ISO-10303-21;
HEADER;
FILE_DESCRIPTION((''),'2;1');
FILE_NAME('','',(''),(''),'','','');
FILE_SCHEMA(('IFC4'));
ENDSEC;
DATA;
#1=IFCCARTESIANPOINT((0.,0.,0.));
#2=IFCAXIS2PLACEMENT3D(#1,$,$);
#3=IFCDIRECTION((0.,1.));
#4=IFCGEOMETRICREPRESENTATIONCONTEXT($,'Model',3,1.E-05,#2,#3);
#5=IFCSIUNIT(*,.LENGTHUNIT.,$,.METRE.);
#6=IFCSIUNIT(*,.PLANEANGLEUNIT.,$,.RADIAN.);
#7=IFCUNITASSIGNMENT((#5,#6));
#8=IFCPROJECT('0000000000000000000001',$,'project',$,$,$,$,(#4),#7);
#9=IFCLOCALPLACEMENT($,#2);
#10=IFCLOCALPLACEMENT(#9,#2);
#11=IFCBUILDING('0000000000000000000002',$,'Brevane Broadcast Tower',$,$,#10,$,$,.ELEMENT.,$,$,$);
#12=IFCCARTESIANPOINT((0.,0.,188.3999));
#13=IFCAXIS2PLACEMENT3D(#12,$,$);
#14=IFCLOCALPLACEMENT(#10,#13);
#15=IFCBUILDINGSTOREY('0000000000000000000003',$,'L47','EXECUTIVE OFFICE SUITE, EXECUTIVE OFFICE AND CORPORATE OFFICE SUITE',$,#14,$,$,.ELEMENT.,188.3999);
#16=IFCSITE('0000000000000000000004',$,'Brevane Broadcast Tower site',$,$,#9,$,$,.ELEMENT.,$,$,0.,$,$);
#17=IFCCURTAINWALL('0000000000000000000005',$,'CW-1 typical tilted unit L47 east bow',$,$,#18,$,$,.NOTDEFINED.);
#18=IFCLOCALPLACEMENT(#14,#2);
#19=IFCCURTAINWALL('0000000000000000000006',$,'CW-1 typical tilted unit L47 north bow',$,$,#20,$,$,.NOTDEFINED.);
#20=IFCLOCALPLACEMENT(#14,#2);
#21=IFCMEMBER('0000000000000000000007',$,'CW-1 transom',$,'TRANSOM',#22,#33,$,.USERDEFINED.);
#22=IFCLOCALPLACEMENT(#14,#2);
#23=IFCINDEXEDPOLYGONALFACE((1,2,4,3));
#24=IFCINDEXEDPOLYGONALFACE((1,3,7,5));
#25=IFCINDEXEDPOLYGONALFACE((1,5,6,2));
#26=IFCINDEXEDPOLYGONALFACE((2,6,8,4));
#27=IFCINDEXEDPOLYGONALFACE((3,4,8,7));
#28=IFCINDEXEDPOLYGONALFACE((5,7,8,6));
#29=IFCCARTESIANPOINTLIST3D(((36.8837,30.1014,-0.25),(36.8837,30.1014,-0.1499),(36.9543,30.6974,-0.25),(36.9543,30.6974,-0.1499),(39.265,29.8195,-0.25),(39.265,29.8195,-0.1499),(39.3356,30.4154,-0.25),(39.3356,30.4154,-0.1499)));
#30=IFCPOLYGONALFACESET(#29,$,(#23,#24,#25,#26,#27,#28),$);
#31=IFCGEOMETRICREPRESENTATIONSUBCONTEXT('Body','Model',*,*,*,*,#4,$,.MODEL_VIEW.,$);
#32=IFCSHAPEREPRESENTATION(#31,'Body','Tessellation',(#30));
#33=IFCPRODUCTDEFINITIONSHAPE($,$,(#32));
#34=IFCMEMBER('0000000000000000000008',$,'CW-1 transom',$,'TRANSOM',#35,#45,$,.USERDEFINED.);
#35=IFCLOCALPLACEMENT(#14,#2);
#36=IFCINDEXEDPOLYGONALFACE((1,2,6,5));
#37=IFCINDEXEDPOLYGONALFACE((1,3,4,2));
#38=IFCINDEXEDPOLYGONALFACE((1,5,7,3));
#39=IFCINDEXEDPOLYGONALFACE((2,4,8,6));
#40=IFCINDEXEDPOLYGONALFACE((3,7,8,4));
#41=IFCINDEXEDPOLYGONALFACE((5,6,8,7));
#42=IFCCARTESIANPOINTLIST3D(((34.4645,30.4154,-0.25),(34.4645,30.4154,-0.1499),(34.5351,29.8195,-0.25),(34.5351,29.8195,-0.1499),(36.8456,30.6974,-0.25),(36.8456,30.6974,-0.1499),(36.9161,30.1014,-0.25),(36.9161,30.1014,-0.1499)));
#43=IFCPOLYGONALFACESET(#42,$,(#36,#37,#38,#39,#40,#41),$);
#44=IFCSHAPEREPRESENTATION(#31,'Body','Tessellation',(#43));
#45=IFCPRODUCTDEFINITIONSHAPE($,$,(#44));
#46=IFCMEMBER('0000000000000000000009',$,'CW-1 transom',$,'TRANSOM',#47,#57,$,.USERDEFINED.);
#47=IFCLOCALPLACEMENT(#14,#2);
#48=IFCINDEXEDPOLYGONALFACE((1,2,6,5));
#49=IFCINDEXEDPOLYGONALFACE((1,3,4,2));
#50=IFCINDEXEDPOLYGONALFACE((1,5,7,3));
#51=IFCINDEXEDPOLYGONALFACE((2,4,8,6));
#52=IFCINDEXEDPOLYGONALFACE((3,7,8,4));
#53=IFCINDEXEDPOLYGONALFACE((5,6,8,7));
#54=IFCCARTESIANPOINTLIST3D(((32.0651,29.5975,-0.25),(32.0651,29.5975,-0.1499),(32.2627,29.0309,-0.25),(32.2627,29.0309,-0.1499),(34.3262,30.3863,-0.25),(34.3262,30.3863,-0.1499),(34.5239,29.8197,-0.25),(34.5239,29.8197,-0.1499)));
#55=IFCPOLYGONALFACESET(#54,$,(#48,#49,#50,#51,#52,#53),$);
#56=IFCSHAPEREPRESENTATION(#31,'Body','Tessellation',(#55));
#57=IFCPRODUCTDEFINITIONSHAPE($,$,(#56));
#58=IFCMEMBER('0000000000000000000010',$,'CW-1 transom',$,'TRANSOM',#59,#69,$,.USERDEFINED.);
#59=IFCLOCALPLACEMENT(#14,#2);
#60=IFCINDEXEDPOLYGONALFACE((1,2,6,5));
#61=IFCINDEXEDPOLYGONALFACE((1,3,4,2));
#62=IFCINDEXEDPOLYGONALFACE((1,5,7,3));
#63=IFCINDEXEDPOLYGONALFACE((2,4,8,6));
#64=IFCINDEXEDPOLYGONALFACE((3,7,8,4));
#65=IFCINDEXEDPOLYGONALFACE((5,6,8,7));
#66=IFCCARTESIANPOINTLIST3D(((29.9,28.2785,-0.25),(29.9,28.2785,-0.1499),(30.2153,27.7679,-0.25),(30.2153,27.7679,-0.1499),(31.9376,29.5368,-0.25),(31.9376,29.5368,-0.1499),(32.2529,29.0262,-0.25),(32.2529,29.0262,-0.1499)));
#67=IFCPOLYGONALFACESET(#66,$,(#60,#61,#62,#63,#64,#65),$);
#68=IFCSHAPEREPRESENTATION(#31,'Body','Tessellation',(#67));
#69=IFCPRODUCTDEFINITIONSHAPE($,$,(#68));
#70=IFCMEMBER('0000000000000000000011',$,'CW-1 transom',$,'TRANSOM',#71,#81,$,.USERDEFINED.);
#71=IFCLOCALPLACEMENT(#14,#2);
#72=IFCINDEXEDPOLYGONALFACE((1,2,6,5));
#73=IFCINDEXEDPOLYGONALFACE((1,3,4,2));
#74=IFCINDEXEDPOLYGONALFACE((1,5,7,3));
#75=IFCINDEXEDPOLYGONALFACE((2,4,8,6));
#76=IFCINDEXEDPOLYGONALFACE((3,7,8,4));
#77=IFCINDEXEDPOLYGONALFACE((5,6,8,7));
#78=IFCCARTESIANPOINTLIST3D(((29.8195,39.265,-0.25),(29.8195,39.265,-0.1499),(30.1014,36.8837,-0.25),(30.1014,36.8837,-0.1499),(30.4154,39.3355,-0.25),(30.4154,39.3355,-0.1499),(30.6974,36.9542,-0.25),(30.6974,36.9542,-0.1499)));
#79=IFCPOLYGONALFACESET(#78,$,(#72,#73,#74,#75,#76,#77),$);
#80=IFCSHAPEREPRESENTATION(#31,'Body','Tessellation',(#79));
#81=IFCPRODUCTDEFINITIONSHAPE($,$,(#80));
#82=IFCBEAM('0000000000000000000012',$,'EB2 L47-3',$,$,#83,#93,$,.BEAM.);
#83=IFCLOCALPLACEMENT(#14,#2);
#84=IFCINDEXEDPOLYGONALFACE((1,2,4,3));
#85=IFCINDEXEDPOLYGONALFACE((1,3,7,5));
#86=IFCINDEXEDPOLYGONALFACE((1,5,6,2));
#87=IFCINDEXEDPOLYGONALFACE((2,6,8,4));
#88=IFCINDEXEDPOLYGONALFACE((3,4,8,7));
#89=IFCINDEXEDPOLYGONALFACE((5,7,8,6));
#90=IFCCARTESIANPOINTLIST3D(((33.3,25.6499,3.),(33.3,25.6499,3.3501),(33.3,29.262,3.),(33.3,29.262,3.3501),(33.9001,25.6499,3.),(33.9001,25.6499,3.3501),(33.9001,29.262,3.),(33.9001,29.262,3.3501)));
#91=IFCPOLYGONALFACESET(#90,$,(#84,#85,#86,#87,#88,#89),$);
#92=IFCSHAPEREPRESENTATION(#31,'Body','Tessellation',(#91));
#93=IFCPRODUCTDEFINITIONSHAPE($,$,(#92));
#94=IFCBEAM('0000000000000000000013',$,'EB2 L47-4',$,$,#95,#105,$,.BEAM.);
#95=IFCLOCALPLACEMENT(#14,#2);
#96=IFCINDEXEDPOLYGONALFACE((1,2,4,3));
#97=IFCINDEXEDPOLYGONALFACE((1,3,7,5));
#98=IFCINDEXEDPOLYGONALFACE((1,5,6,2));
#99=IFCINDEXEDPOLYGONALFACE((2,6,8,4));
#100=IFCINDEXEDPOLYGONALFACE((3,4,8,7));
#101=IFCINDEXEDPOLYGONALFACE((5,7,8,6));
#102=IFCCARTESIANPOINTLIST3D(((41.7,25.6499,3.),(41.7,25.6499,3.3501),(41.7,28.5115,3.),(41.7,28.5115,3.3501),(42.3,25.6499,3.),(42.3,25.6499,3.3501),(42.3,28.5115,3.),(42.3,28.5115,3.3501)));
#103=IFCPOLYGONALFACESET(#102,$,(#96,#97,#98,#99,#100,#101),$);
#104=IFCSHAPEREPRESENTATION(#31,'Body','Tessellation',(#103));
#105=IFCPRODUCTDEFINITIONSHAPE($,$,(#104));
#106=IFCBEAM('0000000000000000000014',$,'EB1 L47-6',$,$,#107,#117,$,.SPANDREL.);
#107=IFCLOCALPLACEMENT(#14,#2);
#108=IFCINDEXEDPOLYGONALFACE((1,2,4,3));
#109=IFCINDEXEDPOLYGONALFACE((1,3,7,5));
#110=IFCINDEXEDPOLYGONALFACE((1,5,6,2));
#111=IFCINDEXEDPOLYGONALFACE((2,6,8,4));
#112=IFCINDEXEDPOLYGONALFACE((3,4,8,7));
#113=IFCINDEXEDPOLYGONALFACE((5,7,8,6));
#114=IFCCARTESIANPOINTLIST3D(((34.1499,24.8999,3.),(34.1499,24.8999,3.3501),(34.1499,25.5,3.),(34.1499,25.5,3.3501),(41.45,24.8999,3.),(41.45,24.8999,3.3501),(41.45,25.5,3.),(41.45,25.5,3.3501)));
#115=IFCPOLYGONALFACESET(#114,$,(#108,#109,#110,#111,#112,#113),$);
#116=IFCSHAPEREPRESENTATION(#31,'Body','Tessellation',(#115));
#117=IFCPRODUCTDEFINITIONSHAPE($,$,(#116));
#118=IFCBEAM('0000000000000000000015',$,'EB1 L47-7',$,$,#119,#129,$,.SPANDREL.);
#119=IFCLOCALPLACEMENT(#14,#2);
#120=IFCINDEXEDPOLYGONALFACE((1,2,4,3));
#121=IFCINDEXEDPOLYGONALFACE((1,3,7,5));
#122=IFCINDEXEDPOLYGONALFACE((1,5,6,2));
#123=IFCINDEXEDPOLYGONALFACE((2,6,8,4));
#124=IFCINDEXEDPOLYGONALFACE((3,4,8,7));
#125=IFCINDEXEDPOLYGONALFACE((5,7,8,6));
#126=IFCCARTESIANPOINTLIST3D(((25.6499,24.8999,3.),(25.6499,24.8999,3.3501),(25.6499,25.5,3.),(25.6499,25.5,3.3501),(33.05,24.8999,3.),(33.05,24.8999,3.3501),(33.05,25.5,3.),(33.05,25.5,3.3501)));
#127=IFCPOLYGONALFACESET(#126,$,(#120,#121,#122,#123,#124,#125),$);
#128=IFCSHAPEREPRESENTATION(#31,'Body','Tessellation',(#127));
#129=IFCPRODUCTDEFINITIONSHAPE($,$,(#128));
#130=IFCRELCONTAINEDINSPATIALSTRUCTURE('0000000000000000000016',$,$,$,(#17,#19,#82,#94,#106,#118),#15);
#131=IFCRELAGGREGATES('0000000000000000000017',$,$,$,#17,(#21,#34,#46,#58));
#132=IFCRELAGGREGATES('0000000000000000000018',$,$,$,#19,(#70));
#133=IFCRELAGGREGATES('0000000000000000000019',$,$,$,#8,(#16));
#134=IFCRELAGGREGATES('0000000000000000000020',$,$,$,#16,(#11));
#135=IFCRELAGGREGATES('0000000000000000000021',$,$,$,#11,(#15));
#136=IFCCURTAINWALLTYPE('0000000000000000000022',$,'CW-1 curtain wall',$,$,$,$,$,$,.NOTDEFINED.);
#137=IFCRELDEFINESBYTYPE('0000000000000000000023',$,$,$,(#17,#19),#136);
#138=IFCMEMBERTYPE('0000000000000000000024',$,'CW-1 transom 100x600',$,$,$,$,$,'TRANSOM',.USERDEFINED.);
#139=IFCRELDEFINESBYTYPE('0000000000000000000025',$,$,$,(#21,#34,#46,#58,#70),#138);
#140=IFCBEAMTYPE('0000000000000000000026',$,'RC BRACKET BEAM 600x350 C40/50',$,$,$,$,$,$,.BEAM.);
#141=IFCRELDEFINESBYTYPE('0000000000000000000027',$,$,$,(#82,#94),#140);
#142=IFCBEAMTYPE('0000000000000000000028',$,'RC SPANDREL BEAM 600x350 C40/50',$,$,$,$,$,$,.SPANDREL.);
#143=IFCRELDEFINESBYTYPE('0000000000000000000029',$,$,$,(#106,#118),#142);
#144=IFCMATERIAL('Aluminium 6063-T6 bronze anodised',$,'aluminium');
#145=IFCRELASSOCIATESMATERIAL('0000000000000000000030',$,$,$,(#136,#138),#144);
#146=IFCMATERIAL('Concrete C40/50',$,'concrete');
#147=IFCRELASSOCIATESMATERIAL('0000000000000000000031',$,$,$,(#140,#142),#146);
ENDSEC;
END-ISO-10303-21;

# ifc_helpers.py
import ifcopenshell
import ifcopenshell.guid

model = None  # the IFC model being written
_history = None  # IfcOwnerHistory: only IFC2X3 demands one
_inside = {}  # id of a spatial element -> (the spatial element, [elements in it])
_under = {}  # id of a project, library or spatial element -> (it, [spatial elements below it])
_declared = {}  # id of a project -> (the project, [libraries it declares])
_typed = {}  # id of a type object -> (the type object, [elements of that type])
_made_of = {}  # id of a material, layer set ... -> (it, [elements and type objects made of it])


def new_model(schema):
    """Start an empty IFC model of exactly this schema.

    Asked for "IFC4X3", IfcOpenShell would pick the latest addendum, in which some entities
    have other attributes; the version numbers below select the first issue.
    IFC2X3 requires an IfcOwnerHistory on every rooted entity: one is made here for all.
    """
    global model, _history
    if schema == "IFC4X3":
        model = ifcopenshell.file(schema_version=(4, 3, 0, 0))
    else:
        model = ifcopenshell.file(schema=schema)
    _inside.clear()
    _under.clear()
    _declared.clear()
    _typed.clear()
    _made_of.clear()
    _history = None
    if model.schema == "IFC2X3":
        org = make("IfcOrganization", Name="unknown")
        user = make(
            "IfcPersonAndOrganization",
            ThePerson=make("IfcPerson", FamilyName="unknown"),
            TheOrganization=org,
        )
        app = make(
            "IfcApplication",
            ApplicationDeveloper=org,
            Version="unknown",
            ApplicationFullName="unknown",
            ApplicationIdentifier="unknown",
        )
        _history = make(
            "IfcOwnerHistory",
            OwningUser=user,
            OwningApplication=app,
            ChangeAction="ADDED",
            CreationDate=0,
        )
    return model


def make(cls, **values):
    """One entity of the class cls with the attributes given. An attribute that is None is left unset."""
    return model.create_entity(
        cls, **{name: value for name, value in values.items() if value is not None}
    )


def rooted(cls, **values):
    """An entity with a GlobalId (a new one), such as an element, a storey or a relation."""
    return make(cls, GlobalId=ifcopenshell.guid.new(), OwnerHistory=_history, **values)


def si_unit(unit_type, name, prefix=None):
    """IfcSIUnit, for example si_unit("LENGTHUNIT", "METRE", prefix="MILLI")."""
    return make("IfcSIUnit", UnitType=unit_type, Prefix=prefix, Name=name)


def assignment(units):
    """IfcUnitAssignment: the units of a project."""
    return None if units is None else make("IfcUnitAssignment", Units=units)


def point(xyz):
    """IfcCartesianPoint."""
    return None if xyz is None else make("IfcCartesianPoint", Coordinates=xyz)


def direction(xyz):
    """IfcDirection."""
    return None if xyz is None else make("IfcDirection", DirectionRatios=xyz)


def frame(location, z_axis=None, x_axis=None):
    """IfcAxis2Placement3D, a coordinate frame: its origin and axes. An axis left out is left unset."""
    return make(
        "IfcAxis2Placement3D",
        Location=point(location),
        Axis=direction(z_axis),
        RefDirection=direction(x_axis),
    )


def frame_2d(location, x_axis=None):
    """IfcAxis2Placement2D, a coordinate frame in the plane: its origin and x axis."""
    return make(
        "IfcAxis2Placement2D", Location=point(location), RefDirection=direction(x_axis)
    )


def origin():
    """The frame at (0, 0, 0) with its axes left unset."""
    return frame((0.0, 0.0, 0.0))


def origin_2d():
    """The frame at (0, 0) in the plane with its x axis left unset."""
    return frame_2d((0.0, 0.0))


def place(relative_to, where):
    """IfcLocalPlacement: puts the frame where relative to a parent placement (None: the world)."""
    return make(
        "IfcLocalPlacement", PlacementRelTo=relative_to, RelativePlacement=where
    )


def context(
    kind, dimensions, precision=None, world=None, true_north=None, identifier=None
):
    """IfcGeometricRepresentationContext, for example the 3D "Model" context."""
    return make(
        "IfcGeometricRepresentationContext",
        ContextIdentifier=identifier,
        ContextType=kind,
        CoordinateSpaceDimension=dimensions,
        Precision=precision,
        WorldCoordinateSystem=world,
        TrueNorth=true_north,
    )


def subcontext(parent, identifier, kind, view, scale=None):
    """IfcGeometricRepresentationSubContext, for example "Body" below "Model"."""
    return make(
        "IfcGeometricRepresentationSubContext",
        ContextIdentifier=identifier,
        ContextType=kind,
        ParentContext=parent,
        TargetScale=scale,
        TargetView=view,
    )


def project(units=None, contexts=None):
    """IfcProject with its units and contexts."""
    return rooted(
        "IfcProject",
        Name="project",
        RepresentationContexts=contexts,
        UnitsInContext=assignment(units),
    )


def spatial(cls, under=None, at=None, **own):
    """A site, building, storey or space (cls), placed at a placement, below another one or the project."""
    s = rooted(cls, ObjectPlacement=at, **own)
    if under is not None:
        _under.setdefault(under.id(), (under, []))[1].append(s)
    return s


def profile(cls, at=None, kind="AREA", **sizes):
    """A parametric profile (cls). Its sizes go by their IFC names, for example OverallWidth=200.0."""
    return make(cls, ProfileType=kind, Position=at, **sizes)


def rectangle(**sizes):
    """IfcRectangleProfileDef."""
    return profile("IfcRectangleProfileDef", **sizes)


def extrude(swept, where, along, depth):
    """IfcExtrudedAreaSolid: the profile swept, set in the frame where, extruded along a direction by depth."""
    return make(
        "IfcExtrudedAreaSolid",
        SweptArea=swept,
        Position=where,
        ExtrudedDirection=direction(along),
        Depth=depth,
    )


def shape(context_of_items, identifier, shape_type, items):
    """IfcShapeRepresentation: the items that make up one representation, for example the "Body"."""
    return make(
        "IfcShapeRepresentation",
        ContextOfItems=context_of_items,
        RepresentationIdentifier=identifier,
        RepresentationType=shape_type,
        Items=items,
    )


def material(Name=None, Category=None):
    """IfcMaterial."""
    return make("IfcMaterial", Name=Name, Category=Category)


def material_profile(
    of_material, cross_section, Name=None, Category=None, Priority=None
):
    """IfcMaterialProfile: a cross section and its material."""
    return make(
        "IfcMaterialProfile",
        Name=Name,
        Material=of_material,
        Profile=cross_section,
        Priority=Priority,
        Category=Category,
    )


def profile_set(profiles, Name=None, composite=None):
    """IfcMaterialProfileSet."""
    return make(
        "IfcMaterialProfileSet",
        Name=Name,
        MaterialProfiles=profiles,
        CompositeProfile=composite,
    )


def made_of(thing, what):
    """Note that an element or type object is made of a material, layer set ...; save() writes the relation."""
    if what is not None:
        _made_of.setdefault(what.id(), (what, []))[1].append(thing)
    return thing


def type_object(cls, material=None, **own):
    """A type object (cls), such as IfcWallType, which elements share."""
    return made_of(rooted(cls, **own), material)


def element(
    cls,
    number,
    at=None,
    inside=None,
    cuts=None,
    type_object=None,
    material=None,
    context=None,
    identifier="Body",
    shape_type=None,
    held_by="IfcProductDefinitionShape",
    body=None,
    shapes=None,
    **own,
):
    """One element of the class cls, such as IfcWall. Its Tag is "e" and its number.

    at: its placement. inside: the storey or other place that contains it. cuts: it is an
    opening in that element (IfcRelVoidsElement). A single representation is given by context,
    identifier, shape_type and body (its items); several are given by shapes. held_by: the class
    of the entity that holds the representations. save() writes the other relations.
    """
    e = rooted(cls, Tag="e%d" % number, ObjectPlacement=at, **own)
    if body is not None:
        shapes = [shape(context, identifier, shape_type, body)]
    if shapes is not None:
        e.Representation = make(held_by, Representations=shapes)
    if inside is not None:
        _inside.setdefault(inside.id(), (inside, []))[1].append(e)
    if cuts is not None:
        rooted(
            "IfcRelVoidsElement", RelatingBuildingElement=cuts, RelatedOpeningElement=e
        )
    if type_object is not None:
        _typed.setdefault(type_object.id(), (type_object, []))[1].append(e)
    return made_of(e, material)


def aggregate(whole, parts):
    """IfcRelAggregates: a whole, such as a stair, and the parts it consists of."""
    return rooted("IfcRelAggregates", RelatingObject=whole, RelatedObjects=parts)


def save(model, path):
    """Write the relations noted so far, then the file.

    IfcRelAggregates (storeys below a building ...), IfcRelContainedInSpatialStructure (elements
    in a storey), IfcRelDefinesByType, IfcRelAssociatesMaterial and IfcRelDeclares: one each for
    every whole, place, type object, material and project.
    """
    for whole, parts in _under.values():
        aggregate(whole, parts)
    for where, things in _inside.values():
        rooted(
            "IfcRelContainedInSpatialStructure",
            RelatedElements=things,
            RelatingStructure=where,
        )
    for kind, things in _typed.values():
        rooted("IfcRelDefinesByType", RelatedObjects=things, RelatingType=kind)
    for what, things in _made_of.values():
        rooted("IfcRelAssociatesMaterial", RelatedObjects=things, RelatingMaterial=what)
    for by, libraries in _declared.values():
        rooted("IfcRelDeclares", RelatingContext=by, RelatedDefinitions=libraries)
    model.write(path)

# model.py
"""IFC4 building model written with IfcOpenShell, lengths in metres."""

from ifc_helpers import new_model, si_unit, direction, frame, origin, origin_2d, place, context, subcontext, project, spatial, rectangle, extrude, material, material_profile, profile_set, type_object, element, aggregate, save


model = new_model("IFC4")

# Units and contexts
model_context = context("Model", 3, precision=1e-05, world=origin(), true_north=direction((0.0, 1.0)))
body_context = subcontext(model_context, "Body", "Model", "MODEL_VIEW")
ifc_project = project(units=[si_unit("LENGTHUNIT", "METRE"), si_unit("PLANEANGLEUNIT", "RADIAN")], contexts=[model_context])

# Site, building, storey
site_placement = place(None, origin())
site = spatial("IfcSite", under=ifc_project, at=site_placement, Name="Brevane Broadcast Tower site", CompositionType="ELEMENT", RefElevation=0.0)
building_placement = place(site_placement, origin())
building = spatial("IfcBuilding", under=site, at=building_placement, Name="Brevane Broadcast Tower", CompositionType="ELEMENT")
storey_placement = place(building_placement, frame((0.0, 0.0, 188.3999)))
storey = spatial("IfcBuildingStorey", under=building, at=storey_placement, Name="L47", Description="EXECUTIVE OFFICE SUITE, EXECUTIVE OFFICE AND CORPORATE OFFICE SUITE", CompositionType="ELEMENT", Elevation=188.3999)

# Curtain wall
ifc_material_1 = material(Name="Aluminium 6063-T6 bronze anodised", Category="aluminium")
curtain_wall_type = type_object("IfcCurtainWallType", Name="CW-1 curtain wall", PredefinedType="NOTDEFINED", material=ifc_material_1)
curtain_wall_1_placement = place(storey_placement, origin())
curtain_wall_1 = element("IfcCurtainWall", 1, at=curtain_wall_1_placement, inside=storey, type_object=curtain_wall_type, Name="CW-1 typical tilted unit L47 east bow", PredefinedType="NOTDEFINED")

# Curtain wall
curtain_wall_2_placement = place(storey_placement, origin())
curtain_wall_2 = element("IfcCurtainWall", 2, at=curtain_wall_2_placement, inside=storey, type_object=curtain_wall_type, Name="CW-1 typical tilted unit L47 north bow", PredefinedType="NOTDEFINED")

# Members
ifc_material_profile_1 = material_profile(ifc_material_1, rectangle(XDim=0.6001, YDim=0.1001, at=origin_2d()), Name="RECT 100x600")
ifc_profile_set_1 = profile_set([ifc_material_profile_1], Name="Aluminium 6063-T6 bronze anodised")
member_type_1 = type_object("IfcMemberType", Name="CW-1 transom 100x600", ElementType="TRANSOM", PredefinedType="USERDEFINED", material=ifc_profile_set_1)
member_1_placement = place(storey_placement, frame((39.3003, 30.1174, -0.2), z_axis=(-0.993062, 0.117591, 0.0), x_axis=(-0.117591, -0.993062, 0.0)))
member_1 = element("IfcMember", 3, at=member_1_placement, type_object=member_type_1, Name="CW-1 transom", ObjectType="TRANSOM", PredefinedType="USERDEFINED", context=body_context, shape_type="SweptSolid", body=[
    extrude(rectangle(XDim=0.6001, YDim=0.1001, at=origin_2d()), origin(), (0.0, 0.0, 1.0), 2.3979),
])
member_2_placement = place(storey_placement, frame((36.8809, 30.3994, -0.2), z_axis=(-0.993061, -0.117603, 0.0), x_axis=(0.117603, -0.993061, 0.0)))
member_2 = element("IfcMember", 4, at=member_2_placement, type_object=member_type_1, Name="CW-1 transom", ObjectType="TRANSOM", PredefinedType="USERDEFINED", context=body_context, shape_type="SweptSolid", body=[
    extrude(rectangle(XDim=0.6001, YDim=0.1001, at=origin_2d()), origin(), (0.0, 0.0, 1.0), 2.3977),
])
member_3_placement = place(storey_placement, frame((34.425, 30.103, -0.2), z_axis=(-0.944198, -0.329378, 0.0), x_axis=(0.329378, -0.944198, 0.0)))
member_3 = element("IfcMember", 5, at=member_3_placement, type_object=member_type_1, Name="CW-1 transom", ObjectType="TRANSOM", PredefinedType="USERDEFINED", context=body_context, shape_type="SweptSolid", body=[
    extrude(rectangle(XDim=0.6001, YDim=0.1001, at=origin_2d()), origin(), (0.0, 0.0, 1.0), 2.3948),
])
member_4_placement = place(storey_placement, frame((32.0952, 29.2815, -0.2), z_axis=(-0.850838, -0.525428, 0.0), x_axis=(0.525428, -0.850838, 0.0)))
member_4 = element("IfcMember", 6, at=member_4_placement, type_object=member_type_1, Name="CW-1 transom", ObjectType="TRANSOM", PredefinedType="USERDEFINED", context=body_context, shape_type="SweptSolid", body=[
    extrude(rectangle(XDim=0.6001, YDim=0.1001, at=origin_2d()), origin(), (0.0, 0.0, 1.0), 2.3948),
])
aggregate(curtain_wall_1, [member_1, member_2, member_3, member_4])
member_5_placement = place(storey_placement, frame((30.3994, 36.9189, -0.2), z_axis=(-0.117591, 0.993062, 0.0), x_axis=(-0.993062, -0.117591, 0.0)))
member_5 = element("IfcMember", 7, at=member_5_placement, type_object=member_type_1, Name="CW-1 transom", ObjectType="TRANSOM", PredefinedType="USERDEFINED", context=body_context, shape_type="SweptSolid", body=[
    extrude(rectangle(XDim=0.6001, YDim=0.1001, at=origin_2d()), origin(), (0.0, 0.0, 1.0), 2.3979),
])
aggregate(curtain_wall_2, [member_5])

# Beams
ifc_material_2 = material(Name="Concrete C40/50", Category="concrete")
ifc_material_profile_2 = material_profile(ifc_material_2, rectangle(XDim=0.6001, YDim=0.3501, at=origin_2d()), Name="RC 600x350")
ifc_profile_set_2 = profile_set([ifc_material_profile_2], Name="Concrete C40/50")
beam_type_1 = type_object("IfcBeamType", Name="RC BRACKET BEAM 600x350 C40/50", PredefinedType="BEAM", material=ifc_profile_set_2)
beam_1_placement = place(storey_placement, frame((33.6001, 25.6499, 3.175), z_axis=(0.0, 1.0, 0.0), x_axis=(-1.0, 0.0, 0.0)))
element("IfcBeam", 8, at=beam_1_placement, inside=storey, type_object=beam_type_1, Name="EB2 L47-3", PredefinedType="BEAM", context=body_context, shape_type="SweptSolid", body=[
    extrude(rectangle(XDim=0.6001, YDim=0.3501, at=origin_2d()), origin(), (0.0, 0.0, 1.0), 3.6121),
])
beam_2_placement = place(storey_placement, frame((42.0, 25.6499, 3.175), z_axis=(0.0, 1.0, 0.0), x_axis=(-1.0, 0.0, 0.0)))
element("IfcBeam", 9, at=beam_2_placement, inside=storey, type_object=beam_type_1, Name="EB2 L47-4", PredefinedType="BEAM", context=body_context, shape_type="SweptSolid", body=[
    extrude(rectangle(XDim=0.6001, YDim=0.3501, at=origin_2d()), origin(), (0.0, 0.0, 1.0), 2.8616),
])
ifc_material_profile_3 = material_profile(ifc_material_2, rectangle(XDim=0.6001, YDim=0.3501, at=origin_2d()), Name="RC 600x350")
ifc_profile_set_3 = profile_set([ifc_material_profile_3], Name="Concrete C40/50")
beam_type_2 = type_object("IfcBeamType", Name="RC SPANDREL BEAM 600x350 C40/50", PredefinedType="SPANDREL", material=ifc_profile_set_3)
beam_3_placement = place(storey_placement, frame((41.45, 25.2, 3.175), z_axis=(-1.0, 0.0, 0.0), x_axis=(0.0, -1.0, 0.0)))
element("IfcBeam", 10, at=beam_3_placement, inside=storey, type_object=beam_type_2, Name="EB1 L47-6", PredefinedType="SPANDREL", context=body_context, shape_type="SweptSolid", body=[
    extrude(rectangle(XDim=0.6001, YDim=0.3501, at=origin_2d()), origin(), (0.0, 0.0, 1.0), 7.3),
])
beam_4_placement = place(storey_placement, frame((33.05, 25.2, 3.175), z_axis=(-1.0, 0.0, 0.0), x_axis=(0.0, -1.0, 0.0)))
element("IfcBeam", 11, at=beam_4_placement, inside=storey, type_object=beam_type_2, Name="EB1 L47-7", PredefinedType="SPANDREL", context=body_context, shape_type="SweptSolid", body=[
    extrude(rectangle(XDim=0.6001, YDim=0.3501, at=origin_2d()), origin(), (0.0, 0.0, 1.0), 7.4001),
])

save(model, "model.ifc")
